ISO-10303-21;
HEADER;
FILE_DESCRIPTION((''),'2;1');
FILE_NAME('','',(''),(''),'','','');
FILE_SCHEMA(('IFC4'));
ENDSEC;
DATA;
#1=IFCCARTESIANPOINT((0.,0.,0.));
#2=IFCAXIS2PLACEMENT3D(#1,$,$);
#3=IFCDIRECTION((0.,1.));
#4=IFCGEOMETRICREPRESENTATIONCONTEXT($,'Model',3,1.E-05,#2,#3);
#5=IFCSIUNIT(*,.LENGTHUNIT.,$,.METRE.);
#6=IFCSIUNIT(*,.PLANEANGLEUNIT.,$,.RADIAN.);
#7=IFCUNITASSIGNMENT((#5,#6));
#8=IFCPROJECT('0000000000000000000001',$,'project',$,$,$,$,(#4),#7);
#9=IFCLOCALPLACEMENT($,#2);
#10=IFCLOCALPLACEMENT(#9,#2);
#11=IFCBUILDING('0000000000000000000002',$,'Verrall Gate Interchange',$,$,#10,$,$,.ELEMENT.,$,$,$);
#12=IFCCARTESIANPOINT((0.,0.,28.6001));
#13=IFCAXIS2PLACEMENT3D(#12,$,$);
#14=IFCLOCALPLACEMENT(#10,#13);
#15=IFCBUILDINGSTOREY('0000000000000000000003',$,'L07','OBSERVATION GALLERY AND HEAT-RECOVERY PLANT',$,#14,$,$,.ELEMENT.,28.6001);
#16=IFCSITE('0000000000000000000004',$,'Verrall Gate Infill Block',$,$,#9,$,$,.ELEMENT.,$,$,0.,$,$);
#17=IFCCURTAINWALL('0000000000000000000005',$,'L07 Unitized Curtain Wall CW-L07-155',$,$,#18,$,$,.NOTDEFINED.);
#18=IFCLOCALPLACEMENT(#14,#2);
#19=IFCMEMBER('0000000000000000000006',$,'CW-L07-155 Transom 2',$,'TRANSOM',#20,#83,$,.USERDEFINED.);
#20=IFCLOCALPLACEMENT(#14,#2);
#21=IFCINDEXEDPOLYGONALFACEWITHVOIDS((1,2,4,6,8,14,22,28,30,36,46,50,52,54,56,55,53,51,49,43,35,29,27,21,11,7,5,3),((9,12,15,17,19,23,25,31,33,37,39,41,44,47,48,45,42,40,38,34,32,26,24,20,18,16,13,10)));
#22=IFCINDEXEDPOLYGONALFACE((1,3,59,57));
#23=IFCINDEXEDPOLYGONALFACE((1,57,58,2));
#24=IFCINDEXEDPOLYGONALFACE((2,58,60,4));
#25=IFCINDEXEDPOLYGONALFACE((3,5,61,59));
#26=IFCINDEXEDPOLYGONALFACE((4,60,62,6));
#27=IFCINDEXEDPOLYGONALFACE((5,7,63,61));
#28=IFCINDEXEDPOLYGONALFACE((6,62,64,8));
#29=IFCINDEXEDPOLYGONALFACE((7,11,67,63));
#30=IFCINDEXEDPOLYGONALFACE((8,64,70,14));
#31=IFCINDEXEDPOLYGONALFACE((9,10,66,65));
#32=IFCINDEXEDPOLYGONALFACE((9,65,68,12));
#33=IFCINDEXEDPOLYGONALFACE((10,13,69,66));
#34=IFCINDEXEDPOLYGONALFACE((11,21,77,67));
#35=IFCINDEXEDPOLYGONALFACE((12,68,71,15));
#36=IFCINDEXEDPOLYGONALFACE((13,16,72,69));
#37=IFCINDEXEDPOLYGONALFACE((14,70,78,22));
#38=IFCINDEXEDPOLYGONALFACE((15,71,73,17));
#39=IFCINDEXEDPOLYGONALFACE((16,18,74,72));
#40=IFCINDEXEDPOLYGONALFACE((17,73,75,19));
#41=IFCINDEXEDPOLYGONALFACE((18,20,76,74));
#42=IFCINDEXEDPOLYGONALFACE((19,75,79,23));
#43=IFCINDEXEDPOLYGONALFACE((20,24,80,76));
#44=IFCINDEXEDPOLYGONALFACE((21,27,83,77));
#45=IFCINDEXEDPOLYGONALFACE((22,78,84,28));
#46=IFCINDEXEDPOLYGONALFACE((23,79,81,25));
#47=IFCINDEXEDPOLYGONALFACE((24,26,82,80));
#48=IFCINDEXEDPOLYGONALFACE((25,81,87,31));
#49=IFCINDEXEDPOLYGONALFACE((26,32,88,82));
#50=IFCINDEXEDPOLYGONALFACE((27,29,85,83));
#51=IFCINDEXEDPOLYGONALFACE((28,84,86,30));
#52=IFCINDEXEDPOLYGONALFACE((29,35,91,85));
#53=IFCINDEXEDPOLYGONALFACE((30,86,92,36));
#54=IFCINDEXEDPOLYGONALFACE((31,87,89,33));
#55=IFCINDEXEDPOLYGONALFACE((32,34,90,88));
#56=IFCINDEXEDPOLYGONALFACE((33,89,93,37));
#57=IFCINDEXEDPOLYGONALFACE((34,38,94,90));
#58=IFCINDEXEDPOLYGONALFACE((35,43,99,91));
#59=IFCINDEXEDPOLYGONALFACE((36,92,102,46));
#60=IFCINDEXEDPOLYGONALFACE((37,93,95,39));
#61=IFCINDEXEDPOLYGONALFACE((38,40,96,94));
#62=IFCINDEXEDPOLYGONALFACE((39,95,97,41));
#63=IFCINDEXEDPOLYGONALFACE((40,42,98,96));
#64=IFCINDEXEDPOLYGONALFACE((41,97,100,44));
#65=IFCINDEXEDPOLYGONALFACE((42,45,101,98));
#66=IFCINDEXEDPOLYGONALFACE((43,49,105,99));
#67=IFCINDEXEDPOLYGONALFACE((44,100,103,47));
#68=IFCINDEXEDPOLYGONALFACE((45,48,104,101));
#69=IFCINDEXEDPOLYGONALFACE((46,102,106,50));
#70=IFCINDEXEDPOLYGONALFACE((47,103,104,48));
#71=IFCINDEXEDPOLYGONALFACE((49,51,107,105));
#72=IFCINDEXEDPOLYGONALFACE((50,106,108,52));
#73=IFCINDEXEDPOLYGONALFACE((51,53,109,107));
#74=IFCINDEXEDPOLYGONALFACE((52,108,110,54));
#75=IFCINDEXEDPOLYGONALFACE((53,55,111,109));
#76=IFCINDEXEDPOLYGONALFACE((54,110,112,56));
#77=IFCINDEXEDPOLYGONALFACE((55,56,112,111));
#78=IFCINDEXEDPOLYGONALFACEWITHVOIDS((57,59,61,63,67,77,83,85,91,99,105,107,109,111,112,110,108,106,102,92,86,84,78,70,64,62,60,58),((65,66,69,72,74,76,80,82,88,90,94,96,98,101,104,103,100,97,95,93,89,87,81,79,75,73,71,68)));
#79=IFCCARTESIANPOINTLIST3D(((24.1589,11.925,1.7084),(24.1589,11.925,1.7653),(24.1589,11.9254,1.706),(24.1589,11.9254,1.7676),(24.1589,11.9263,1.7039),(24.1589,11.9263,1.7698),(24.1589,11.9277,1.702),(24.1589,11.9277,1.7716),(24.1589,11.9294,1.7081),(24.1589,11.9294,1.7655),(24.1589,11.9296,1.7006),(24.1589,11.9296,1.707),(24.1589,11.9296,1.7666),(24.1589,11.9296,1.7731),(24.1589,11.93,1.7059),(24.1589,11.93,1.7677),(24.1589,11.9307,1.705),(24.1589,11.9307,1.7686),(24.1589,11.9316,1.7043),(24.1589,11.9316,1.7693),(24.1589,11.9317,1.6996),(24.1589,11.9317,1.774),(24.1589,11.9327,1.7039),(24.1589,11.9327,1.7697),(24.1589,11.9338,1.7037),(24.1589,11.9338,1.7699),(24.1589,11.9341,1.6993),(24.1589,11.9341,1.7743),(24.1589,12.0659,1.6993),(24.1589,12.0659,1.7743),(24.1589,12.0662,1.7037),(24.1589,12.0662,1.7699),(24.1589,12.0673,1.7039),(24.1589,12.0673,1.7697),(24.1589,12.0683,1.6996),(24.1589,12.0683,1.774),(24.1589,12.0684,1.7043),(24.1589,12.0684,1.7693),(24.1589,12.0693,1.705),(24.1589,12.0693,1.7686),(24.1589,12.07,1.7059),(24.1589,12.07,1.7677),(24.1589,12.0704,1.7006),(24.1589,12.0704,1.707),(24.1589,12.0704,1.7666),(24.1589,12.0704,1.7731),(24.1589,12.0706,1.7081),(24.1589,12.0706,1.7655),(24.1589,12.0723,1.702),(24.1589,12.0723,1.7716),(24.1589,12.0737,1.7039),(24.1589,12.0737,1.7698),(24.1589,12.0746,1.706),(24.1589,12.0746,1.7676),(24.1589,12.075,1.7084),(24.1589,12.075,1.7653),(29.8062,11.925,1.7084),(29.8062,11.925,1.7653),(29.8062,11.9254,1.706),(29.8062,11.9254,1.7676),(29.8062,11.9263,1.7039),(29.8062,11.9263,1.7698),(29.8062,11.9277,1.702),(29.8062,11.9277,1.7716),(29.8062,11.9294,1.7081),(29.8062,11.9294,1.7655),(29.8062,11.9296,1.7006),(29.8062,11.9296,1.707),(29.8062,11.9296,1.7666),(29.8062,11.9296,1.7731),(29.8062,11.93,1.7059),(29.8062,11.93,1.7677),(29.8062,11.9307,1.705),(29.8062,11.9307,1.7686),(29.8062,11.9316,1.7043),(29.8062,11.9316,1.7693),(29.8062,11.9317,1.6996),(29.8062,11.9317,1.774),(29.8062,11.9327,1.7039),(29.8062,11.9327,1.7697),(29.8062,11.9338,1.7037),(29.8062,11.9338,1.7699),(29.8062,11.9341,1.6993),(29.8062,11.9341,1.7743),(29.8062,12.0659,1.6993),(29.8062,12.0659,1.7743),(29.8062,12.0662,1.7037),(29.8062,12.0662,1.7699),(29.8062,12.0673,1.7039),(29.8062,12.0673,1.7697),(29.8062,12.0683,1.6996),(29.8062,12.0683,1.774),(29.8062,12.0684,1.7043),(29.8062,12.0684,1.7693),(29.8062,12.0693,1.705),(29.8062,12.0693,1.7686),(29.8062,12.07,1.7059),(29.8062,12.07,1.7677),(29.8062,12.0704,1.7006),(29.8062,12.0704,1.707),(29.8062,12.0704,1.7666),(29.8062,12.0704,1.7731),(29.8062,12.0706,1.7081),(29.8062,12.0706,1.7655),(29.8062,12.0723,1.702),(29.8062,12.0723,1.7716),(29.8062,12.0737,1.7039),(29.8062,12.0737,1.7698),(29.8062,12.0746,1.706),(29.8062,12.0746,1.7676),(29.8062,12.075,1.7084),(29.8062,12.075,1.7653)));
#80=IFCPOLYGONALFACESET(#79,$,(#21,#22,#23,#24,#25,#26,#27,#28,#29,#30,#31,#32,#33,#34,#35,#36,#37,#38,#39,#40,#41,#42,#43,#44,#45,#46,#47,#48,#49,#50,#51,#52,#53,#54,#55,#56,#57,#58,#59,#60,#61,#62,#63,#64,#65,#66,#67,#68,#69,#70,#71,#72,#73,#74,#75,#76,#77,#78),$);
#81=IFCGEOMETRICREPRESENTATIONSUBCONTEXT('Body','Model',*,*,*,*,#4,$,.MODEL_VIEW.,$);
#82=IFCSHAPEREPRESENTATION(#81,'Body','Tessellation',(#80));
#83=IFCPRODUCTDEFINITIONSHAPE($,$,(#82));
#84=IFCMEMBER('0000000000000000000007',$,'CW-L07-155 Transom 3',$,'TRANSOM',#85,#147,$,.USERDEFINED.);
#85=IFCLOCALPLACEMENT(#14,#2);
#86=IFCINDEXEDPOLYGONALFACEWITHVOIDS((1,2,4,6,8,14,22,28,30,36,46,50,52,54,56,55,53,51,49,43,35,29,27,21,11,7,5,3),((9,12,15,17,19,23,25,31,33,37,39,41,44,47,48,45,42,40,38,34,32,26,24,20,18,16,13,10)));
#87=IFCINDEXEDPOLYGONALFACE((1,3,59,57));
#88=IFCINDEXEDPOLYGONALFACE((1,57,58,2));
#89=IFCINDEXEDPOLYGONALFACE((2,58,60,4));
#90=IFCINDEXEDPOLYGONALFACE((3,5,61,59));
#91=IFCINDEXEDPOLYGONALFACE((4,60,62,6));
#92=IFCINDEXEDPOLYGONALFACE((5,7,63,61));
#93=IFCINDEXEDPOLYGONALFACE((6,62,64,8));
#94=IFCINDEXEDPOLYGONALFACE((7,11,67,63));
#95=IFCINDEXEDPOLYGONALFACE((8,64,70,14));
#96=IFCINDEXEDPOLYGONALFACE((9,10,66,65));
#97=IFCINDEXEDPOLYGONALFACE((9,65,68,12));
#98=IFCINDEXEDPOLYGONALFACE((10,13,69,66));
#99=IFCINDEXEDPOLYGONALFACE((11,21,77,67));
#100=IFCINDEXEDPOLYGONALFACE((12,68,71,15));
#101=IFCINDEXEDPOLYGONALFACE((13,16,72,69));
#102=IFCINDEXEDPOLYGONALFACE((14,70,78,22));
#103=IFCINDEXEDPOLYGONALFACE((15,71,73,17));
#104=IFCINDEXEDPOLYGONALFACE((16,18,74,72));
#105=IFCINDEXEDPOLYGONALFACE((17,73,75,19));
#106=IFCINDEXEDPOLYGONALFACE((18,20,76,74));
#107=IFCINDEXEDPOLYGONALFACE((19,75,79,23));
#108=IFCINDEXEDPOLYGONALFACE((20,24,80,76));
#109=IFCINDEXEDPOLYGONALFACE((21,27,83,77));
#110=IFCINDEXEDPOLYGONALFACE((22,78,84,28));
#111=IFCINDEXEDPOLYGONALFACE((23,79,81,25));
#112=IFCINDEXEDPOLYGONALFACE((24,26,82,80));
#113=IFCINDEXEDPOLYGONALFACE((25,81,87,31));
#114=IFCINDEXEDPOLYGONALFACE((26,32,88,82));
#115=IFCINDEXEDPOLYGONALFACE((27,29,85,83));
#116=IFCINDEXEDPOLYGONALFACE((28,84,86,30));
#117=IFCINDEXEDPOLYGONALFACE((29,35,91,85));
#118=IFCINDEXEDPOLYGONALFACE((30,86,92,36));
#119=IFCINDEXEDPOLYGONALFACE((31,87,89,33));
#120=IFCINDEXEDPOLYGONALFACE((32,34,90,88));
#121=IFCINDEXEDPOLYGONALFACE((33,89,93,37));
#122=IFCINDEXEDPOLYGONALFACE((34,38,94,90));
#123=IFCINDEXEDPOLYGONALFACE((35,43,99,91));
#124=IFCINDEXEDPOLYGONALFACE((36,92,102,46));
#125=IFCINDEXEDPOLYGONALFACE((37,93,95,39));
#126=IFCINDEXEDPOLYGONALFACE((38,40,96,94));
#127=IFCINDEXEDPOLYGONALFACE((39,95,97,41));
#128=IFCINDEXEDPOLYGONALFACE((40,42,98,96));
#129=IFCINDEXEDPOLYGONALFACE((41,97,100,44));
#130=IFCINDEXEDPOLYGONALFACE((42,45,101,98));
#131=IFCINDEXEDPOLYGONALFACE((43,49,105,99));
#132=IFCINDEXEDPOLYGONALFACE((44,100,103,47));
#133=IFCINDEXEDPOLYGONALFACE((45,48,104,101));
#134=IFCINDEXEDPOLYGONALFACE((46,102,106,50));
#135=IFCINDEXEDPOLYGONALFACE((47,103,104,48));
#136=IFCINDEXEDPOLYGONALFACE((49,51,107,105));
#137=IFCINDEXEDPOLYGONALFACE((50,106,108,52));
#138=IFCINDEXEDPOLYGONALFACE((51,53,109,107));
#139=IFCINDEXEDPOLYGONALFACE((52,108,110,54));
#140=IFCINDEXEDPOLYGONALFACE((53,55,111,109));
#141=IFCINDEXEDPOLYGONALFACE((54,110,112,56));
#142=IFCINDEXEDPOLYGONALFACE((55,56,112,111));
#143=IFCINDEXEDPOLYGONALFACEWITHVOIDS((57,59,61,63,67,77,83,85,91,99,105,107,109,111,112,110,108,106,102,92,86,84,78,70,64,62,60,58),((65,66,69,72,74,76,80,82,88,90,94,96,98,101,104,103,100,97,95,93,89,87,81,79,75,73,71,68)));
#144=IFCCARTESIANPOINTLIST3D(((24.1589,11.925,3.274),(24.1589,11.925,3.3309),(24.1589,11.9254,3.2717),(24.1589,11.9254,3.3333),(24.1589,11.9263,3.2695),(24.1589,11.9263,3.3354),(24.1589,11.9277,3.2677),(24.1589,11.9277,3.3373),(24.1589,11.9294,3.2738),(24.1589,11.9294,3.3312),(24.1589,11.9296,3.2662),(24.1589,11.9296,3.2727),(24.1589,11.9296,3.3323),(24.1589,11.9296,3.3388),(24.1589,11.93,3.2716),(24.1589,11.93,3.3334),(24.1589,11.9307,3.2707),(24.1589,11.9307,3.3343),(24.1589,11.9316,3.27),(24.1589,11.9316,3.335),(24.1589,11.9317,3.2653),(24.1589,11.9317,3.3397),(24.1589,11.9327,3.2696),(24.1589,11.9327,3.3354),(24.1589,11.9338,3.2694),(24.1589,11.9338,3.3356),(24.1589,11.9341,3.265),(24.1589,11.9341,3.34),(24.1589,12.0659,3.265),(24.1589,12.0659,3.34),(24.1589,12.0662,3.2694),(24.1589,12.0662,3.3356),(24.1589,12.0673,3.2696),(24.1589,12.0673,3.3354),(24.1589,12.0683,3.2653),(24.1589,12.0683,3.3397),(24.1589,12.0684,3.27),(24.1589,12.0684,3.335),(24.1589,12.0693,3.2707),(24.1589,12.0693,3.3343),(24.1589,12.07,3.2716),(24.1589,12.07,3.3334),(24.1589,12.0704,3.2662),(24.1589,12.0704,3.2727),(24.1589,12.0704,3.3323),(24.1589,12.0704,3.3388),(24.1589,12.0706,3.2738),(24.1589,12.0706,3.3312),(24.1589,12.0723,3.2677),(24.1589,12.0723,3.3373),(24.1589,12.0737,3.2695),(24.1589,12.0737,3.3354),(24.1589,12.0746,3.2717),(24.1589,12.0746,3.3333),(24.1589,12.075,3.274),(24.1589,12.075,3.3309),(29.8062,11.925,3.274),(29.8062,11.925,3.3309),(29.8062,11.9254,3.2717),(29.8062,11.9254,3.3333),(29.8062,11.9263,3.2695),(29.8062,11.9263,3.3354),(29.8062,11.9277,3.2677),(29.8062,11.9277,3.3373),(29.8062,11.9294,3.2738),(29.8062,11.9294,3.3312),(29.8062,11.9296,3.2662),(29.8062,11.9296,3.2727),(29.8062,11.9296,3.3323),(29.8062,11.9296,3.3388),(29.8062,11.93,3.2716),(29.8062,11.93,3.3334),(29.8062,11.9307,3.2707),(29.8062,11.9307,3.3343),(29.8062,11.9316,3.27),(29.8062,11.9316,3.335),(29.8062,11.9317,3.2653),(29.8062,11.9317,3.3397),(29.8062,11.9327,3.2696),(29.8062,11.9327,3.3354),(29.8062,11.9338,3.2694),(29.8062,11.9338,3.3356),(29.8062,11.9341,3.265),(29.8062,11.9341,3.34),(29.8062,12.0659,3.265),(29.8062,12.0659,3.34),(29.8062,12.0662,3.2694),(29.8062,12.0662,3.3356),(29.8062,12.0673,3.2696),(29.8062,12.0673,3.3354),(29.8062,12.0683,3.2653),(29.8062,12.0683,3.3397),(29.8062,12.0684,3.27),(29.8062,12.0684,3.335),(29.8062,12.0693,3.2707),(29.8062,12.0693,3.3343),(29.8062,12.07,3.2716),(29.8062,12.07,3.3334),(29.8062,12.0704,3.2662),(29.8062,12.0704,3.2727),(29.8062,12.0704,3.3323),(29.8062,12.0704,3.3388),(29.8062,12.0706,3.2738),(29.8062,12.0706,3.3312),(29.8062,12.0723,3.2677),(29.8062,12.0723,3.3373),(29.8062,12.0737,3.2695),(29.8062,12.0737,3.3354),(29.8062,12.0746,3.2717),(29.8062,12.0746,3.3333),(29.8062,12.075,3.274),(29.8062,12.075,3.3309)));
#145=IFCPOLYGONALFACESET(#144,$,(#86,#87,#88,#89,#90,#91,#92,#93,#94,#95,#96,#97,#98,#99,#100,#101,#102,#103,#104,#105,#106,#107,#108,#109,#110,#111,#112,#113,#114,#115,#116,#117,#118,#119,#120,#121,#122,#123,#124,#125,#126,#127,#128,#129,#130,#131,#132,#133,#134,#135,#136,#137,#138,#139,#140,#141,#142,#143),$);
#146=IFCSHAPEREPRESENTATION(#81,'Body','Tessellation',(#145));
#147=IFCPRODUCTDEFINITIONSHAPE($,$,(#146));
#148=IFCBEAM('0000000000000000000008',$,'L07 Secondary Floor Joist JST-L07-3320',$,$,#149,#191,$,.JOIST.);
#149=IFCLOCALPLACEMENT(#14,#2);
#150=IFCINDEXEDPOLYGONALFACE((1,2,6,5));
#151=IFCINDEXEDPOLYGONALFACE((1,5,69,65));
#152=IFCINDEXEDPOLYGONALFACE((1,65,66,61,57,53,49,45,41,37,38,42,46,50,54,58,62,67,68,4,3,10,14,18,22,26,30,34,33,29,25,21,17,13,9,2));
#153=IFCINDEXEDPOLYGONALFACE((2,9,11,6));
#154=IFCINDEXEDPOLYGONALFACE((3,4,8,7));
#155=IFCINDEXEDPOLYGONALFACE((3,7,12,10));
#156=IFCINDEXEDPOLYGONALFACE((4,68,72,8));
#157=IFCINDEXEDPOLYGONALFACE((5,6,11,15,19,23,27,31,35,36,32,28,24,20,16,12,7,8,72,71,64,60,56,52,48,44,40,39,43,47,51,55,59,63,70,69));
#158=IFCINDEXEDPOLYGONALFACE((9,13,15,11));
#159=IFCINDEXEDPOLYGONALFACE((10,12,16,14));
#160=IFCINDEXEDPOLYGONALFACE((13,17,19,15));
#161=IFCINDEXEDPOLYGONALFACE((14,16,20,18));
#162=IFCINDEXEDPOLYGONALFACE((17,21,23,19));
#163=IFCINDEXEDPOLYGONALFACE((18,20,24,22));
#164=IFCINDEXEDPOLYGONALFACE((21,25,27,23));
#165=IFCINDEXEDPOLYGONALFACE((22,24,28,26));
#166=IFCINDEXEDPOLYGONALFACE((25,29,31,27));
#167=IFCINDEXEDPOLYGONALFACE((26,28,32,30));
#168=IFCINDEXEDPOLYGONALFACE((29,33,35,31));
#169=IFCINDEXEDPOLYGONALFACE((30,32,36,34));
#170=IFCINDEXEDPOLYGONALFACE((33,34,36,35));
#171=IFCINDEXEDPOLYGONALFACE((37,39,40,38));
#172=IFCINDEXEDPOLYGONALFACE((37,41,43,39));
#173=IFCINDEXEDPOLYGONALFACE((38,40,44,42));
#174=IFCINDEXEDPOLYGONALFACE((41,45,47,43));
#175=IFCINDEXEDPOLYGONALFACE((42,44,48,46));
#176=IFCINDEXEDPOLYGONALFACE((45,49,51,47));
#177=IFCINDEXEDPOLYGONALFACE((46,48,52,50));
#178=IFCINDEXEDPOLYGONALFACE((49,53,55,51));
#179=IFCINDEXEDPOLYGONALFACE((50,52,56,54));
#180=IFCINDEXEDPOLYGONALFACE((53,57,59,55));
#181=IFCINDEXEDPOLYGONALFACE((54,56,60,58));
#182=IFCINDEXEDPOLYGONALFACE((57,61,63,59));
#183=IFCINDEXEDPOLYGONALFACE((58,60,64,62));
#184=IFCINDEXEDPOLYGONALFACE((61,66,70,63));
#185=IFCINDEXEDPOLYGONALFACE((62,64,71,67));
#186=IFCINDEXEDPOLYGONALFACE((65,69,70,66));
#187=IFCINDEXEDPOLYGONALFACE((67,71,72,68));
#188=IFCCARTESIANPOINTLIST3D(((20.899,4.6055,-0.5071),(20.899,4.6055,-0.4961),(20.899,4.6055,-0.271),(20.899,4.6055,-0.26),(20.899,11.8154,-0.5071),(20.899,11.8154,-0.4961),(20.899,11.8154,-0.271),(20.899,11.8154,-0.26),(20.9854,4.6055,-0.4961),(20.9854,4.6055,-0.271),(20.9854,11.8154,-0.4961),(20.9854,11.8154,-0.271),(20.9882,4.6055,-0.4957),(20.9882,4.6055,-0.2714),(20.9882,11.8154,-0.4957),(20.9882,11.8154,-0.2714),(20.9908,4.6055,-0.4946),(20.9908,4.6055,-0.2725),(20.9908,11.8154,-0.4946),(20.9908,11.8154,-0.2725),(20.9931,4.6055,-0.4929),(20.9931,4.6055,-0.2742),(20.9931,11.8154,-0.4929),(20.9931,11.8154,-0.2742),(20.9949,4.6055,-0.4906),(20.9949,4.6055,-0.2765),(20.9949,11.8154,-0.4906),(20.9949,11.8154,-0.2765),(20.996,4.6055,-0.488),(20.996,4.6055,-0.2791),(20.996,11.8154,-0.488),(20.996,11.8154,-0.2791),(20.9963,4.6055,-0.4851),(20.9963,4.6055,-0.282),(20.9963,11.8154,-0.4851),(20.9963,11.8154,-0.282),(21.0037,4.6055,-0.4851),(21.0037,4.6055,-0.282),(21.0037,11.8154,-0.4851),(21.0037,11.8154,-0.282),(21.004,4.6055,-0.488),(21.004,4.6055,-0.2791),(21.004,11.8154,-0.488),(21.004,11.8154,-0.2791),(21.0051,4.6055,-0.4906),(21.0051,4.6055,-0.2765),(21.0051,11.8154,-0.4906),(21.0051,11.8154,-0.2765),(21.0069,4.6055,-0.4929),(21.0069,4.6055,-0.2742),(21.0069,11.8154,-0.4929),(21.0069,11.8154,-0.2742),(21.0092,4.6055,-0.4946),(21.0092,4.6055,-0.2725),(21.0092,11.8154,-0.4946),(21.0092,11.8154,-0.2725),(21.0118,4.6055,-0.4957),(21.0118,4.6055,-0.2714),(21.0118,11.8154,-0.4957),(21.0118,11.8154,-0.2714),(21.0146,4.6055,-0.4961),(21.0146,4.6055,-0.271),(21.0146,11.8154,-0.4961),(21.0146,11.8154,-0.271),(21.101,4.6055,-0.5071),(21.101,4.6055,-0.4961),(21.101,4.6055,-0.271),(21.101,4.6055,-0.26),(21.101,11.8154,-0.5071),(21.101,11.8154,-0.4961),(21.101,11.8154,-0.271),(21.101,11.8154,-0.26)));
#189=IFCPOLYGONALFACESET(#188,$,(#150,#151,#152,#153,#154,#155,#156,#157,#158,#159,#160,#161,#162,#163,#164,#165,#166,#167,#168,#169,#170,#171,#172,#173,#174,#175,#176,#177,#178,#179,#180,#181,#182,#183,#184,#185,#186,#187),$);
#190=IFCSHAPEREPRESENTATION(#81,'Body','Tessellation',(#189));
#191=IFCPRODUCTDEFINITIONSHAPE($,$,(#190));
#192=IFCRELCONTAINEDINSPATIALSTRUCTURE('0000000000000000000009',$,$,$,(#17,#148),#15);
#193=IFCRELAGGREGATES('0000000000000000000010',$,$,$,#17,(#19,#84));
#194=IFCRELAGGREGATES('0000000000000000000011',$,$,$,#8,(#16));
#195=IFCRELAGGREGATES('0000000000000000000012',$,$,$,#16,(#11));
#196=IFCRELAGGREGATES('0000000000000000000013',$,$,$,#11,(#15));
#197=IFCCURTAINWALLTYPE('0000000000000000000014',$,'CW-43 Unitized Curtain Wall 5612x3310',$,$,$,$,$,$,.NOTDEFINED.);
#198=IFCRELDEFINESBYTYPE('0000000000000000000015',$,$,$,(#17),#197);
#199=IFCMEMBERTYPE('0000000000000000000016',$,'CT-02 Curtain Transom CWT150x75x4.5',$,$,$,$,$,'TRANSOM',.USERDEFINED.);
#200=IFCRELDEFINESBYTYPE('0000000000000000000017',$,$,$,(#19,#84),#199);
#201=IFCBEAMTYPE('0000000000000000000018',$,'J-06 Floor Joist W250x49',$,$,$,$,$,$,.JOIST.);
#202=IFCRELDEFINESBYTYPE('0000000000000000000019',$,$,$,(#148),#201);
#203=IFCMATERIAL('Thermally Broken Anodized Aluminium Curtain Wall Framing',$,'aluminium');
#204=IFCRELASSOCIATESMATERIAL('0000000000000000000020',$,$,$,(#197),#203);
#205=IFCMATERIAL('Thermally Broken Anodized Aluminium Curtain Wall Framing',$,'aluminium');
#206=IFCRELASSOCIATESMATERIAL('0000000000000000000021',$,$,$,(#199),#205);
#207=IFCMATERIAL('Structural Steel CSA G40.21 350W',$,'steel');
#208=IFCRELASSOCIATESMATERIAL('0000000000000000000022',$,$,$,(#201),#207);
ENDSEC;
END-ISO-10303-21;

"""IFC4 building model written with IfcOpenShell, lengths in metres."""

from ifc_helpers import new_model, si_unit, direction, frame, origin, origin_2d, place, context, subcontext, project, spatial, hollow_rectangle, i_section, extrude, material, material_profile, profile_set, type_object, element, aggregate, save


model = new_model("IFC4")

# Units and contexts
model_context = context("Model", 3, precision=1e-05, world=origin(), true_north=direction((0.0, 1.0)))
body_context = subcontext(model_context, "Body", "Model", "MODEL_VIEW")
ifc_project = project(units=[si_unit("LENGTHUNIT", "METRE"), si_unit("PLANEANGLEUNIT", "RADIAN")], contexts=[model_context])

# Site, building, storey
site_placement = place(None, origin())
site = spatial("IfcSite", under=ifc_project, at=site_placement, Name="Verrall Gate Infill Block", CompositionType="ELEMENT", RefElevation=0.0)
building_placement = place(site_placement, origin())
building = spatial("IfcBuilding", under=site, at=building_placement, Name="Verrall Gate Interchange", CompositionType="ELEMENT")
storey_placement = place(building_placement, frame((0.0, 0.0, 28.6001)))
storey = spatial("IfcBuildingStorey", under=building, at=storey_placement, Name="L07", Description="OBSERVATION GALLERY AND HEAT-RECOVERY PLANT", CompositionType="ELEMENT", Elevation=28.6001)

# Curtain wall, members
ifc_material_1 = material(Name="Thermally Broken Anodized Aluminium Curtain Wall Framing", Category="aluminium")
curtain_wall_type = type_object("IfcCurtainWallType", Name="CW-43 Unitized Curtain Wall 5612x3310", PredefinedType="NOTDEFINED", material=ifc_material_1)
curtain_wall_1_placement = place(storey_placement, origin())
curtain_wall_1 = element("IfcCurtainWall", 1, at=curtain_wall_1_placement, inside=storey, type_object=curtain_wall_type, Name="L07 Unitized Curtain Wall CW-L07-155", PredefinedType="NOTDEFINED")
ifc_material_2 = material(Name="Thermally Broken Anodized Aluminium Curtain Wall Framing", Category="aluminium")
ifc_material_profile_1 = material_profile(ifc_material_2, hollow_rectangle(XDim=0.1499, YDim=0.075, WallThickness=0.0044, InnerFilletRadius=0.0044, OuterFilletRadius=0.009, at=origin_2d()), Name="CWT150x75x4.5")
ifc_profile_set_1 = profile_set([ifc_material_profile_1], Name="Thermally Broken Anodized Aluminium Curtain Wall Framing")
member_type_1 = type_object("IfcMemberType", Name="CT-02 Curtain Transom CWT150x75x4.5", ElementType="TRANSOM", PredefinedType="USERDEFINED", material=ifc_profile_set_1)
member_1_placement = place(storey_placement, frame((24.1589, 12.0, 1.7368), z_axis=(1.0, 0.0, 0.0), x_axis=(0.0, 1.0, 0.0)))
member_1 = element("IfcMember", 2, at=member_1_placement, type_object=member_type_1, Name="CW-L07-155 Transom 2", ObjectType="TRANSOM", PredefinedType="USERDEFINED", context=body_context, shape_type="SweptSolid", body=[
    extrude(hollow_rectangle(XDim=0.1499, YDim=0.075, WallThickness=0.0044, InnerFilletRadius=0.0044, OuterFilletRadius=0.009, at=origin_2d()), origin(), (0.0, 0.0, 1.0), 5.6472),
])
member_2_placement = place(storey_placement, frame((24.1589, 12.0, 3.3025), z_axis=(1.0, 0.0, 0.0), x_axis=(0.0, 1.0, 0.0)))
member_2 = element("IfcMember", 3, at=member_2_placement, type_object=member_type_1, Name="CW-L07-155 Transom 3", ObjectType="TRANSOM", PredefinedType="USERDEFINED", context=body_context, shape_type="SweptSolid", body=[
    extrude(hollow_rectangle(XDim=0.1499, YDim=0.075, WallThickness=0.0044, InnerFilletRadius=0.0044, OuterFilletRadius=0.009, at=origin_2d()), origin(), (0.0, 0.0, 1.0), 5.6472),
])

# Beam
ifc_material_3 = material(Name="Structural Steel CSA G40.21 350W", Category="steel")
ifc_material_profile_2 = material_profile(ifc_material_3, i_section(OverallWidth=0.2019, OverallDepth=0.2471, WebThickness=0.0073, FlangeThickness=0.011, FilletRadius=0.011, at=origin_2d()), Name="W250x49")
ifc_profile_set_2 = profile_set([ifc_material_profile_2], Name="Structural Steel CSA G40.21 350W")
beam_type_1 = type_object("IfcBeamType", Name="J-06 Floor Joist W250x49", PredefinedType="JOIST", material=ifc_profile_set_2)
beam_1_placement = place(storey_placement, frame((21.0, 4.6055, -0.3835), z_axis=(0.0, 1.0, 0.0), x_axis=(-1.0, 0.0, 0.0)))
element("IfcBeam", 4, at=beam_1_placement, inside=storey, type_object=beam_type_1, Name="L07 Secondary Floor Joist JST-L07-3320", PredefinedType="JOIST", context=body_context, shape_type="SweptSolid", body=[
    extrude(i_section(OverallWidth=0.2019, OverallDepth=0.2471, WebThickness=0.0073, FlangeThickness=0.011, FilletRadius=0.011, at=origin_2d()), origin(), (0.0, 0.0, 1.0), 7.21),
])

aggregate(curtain_wall_1, [member_1, member_2])

save(model, "model.ifc")
